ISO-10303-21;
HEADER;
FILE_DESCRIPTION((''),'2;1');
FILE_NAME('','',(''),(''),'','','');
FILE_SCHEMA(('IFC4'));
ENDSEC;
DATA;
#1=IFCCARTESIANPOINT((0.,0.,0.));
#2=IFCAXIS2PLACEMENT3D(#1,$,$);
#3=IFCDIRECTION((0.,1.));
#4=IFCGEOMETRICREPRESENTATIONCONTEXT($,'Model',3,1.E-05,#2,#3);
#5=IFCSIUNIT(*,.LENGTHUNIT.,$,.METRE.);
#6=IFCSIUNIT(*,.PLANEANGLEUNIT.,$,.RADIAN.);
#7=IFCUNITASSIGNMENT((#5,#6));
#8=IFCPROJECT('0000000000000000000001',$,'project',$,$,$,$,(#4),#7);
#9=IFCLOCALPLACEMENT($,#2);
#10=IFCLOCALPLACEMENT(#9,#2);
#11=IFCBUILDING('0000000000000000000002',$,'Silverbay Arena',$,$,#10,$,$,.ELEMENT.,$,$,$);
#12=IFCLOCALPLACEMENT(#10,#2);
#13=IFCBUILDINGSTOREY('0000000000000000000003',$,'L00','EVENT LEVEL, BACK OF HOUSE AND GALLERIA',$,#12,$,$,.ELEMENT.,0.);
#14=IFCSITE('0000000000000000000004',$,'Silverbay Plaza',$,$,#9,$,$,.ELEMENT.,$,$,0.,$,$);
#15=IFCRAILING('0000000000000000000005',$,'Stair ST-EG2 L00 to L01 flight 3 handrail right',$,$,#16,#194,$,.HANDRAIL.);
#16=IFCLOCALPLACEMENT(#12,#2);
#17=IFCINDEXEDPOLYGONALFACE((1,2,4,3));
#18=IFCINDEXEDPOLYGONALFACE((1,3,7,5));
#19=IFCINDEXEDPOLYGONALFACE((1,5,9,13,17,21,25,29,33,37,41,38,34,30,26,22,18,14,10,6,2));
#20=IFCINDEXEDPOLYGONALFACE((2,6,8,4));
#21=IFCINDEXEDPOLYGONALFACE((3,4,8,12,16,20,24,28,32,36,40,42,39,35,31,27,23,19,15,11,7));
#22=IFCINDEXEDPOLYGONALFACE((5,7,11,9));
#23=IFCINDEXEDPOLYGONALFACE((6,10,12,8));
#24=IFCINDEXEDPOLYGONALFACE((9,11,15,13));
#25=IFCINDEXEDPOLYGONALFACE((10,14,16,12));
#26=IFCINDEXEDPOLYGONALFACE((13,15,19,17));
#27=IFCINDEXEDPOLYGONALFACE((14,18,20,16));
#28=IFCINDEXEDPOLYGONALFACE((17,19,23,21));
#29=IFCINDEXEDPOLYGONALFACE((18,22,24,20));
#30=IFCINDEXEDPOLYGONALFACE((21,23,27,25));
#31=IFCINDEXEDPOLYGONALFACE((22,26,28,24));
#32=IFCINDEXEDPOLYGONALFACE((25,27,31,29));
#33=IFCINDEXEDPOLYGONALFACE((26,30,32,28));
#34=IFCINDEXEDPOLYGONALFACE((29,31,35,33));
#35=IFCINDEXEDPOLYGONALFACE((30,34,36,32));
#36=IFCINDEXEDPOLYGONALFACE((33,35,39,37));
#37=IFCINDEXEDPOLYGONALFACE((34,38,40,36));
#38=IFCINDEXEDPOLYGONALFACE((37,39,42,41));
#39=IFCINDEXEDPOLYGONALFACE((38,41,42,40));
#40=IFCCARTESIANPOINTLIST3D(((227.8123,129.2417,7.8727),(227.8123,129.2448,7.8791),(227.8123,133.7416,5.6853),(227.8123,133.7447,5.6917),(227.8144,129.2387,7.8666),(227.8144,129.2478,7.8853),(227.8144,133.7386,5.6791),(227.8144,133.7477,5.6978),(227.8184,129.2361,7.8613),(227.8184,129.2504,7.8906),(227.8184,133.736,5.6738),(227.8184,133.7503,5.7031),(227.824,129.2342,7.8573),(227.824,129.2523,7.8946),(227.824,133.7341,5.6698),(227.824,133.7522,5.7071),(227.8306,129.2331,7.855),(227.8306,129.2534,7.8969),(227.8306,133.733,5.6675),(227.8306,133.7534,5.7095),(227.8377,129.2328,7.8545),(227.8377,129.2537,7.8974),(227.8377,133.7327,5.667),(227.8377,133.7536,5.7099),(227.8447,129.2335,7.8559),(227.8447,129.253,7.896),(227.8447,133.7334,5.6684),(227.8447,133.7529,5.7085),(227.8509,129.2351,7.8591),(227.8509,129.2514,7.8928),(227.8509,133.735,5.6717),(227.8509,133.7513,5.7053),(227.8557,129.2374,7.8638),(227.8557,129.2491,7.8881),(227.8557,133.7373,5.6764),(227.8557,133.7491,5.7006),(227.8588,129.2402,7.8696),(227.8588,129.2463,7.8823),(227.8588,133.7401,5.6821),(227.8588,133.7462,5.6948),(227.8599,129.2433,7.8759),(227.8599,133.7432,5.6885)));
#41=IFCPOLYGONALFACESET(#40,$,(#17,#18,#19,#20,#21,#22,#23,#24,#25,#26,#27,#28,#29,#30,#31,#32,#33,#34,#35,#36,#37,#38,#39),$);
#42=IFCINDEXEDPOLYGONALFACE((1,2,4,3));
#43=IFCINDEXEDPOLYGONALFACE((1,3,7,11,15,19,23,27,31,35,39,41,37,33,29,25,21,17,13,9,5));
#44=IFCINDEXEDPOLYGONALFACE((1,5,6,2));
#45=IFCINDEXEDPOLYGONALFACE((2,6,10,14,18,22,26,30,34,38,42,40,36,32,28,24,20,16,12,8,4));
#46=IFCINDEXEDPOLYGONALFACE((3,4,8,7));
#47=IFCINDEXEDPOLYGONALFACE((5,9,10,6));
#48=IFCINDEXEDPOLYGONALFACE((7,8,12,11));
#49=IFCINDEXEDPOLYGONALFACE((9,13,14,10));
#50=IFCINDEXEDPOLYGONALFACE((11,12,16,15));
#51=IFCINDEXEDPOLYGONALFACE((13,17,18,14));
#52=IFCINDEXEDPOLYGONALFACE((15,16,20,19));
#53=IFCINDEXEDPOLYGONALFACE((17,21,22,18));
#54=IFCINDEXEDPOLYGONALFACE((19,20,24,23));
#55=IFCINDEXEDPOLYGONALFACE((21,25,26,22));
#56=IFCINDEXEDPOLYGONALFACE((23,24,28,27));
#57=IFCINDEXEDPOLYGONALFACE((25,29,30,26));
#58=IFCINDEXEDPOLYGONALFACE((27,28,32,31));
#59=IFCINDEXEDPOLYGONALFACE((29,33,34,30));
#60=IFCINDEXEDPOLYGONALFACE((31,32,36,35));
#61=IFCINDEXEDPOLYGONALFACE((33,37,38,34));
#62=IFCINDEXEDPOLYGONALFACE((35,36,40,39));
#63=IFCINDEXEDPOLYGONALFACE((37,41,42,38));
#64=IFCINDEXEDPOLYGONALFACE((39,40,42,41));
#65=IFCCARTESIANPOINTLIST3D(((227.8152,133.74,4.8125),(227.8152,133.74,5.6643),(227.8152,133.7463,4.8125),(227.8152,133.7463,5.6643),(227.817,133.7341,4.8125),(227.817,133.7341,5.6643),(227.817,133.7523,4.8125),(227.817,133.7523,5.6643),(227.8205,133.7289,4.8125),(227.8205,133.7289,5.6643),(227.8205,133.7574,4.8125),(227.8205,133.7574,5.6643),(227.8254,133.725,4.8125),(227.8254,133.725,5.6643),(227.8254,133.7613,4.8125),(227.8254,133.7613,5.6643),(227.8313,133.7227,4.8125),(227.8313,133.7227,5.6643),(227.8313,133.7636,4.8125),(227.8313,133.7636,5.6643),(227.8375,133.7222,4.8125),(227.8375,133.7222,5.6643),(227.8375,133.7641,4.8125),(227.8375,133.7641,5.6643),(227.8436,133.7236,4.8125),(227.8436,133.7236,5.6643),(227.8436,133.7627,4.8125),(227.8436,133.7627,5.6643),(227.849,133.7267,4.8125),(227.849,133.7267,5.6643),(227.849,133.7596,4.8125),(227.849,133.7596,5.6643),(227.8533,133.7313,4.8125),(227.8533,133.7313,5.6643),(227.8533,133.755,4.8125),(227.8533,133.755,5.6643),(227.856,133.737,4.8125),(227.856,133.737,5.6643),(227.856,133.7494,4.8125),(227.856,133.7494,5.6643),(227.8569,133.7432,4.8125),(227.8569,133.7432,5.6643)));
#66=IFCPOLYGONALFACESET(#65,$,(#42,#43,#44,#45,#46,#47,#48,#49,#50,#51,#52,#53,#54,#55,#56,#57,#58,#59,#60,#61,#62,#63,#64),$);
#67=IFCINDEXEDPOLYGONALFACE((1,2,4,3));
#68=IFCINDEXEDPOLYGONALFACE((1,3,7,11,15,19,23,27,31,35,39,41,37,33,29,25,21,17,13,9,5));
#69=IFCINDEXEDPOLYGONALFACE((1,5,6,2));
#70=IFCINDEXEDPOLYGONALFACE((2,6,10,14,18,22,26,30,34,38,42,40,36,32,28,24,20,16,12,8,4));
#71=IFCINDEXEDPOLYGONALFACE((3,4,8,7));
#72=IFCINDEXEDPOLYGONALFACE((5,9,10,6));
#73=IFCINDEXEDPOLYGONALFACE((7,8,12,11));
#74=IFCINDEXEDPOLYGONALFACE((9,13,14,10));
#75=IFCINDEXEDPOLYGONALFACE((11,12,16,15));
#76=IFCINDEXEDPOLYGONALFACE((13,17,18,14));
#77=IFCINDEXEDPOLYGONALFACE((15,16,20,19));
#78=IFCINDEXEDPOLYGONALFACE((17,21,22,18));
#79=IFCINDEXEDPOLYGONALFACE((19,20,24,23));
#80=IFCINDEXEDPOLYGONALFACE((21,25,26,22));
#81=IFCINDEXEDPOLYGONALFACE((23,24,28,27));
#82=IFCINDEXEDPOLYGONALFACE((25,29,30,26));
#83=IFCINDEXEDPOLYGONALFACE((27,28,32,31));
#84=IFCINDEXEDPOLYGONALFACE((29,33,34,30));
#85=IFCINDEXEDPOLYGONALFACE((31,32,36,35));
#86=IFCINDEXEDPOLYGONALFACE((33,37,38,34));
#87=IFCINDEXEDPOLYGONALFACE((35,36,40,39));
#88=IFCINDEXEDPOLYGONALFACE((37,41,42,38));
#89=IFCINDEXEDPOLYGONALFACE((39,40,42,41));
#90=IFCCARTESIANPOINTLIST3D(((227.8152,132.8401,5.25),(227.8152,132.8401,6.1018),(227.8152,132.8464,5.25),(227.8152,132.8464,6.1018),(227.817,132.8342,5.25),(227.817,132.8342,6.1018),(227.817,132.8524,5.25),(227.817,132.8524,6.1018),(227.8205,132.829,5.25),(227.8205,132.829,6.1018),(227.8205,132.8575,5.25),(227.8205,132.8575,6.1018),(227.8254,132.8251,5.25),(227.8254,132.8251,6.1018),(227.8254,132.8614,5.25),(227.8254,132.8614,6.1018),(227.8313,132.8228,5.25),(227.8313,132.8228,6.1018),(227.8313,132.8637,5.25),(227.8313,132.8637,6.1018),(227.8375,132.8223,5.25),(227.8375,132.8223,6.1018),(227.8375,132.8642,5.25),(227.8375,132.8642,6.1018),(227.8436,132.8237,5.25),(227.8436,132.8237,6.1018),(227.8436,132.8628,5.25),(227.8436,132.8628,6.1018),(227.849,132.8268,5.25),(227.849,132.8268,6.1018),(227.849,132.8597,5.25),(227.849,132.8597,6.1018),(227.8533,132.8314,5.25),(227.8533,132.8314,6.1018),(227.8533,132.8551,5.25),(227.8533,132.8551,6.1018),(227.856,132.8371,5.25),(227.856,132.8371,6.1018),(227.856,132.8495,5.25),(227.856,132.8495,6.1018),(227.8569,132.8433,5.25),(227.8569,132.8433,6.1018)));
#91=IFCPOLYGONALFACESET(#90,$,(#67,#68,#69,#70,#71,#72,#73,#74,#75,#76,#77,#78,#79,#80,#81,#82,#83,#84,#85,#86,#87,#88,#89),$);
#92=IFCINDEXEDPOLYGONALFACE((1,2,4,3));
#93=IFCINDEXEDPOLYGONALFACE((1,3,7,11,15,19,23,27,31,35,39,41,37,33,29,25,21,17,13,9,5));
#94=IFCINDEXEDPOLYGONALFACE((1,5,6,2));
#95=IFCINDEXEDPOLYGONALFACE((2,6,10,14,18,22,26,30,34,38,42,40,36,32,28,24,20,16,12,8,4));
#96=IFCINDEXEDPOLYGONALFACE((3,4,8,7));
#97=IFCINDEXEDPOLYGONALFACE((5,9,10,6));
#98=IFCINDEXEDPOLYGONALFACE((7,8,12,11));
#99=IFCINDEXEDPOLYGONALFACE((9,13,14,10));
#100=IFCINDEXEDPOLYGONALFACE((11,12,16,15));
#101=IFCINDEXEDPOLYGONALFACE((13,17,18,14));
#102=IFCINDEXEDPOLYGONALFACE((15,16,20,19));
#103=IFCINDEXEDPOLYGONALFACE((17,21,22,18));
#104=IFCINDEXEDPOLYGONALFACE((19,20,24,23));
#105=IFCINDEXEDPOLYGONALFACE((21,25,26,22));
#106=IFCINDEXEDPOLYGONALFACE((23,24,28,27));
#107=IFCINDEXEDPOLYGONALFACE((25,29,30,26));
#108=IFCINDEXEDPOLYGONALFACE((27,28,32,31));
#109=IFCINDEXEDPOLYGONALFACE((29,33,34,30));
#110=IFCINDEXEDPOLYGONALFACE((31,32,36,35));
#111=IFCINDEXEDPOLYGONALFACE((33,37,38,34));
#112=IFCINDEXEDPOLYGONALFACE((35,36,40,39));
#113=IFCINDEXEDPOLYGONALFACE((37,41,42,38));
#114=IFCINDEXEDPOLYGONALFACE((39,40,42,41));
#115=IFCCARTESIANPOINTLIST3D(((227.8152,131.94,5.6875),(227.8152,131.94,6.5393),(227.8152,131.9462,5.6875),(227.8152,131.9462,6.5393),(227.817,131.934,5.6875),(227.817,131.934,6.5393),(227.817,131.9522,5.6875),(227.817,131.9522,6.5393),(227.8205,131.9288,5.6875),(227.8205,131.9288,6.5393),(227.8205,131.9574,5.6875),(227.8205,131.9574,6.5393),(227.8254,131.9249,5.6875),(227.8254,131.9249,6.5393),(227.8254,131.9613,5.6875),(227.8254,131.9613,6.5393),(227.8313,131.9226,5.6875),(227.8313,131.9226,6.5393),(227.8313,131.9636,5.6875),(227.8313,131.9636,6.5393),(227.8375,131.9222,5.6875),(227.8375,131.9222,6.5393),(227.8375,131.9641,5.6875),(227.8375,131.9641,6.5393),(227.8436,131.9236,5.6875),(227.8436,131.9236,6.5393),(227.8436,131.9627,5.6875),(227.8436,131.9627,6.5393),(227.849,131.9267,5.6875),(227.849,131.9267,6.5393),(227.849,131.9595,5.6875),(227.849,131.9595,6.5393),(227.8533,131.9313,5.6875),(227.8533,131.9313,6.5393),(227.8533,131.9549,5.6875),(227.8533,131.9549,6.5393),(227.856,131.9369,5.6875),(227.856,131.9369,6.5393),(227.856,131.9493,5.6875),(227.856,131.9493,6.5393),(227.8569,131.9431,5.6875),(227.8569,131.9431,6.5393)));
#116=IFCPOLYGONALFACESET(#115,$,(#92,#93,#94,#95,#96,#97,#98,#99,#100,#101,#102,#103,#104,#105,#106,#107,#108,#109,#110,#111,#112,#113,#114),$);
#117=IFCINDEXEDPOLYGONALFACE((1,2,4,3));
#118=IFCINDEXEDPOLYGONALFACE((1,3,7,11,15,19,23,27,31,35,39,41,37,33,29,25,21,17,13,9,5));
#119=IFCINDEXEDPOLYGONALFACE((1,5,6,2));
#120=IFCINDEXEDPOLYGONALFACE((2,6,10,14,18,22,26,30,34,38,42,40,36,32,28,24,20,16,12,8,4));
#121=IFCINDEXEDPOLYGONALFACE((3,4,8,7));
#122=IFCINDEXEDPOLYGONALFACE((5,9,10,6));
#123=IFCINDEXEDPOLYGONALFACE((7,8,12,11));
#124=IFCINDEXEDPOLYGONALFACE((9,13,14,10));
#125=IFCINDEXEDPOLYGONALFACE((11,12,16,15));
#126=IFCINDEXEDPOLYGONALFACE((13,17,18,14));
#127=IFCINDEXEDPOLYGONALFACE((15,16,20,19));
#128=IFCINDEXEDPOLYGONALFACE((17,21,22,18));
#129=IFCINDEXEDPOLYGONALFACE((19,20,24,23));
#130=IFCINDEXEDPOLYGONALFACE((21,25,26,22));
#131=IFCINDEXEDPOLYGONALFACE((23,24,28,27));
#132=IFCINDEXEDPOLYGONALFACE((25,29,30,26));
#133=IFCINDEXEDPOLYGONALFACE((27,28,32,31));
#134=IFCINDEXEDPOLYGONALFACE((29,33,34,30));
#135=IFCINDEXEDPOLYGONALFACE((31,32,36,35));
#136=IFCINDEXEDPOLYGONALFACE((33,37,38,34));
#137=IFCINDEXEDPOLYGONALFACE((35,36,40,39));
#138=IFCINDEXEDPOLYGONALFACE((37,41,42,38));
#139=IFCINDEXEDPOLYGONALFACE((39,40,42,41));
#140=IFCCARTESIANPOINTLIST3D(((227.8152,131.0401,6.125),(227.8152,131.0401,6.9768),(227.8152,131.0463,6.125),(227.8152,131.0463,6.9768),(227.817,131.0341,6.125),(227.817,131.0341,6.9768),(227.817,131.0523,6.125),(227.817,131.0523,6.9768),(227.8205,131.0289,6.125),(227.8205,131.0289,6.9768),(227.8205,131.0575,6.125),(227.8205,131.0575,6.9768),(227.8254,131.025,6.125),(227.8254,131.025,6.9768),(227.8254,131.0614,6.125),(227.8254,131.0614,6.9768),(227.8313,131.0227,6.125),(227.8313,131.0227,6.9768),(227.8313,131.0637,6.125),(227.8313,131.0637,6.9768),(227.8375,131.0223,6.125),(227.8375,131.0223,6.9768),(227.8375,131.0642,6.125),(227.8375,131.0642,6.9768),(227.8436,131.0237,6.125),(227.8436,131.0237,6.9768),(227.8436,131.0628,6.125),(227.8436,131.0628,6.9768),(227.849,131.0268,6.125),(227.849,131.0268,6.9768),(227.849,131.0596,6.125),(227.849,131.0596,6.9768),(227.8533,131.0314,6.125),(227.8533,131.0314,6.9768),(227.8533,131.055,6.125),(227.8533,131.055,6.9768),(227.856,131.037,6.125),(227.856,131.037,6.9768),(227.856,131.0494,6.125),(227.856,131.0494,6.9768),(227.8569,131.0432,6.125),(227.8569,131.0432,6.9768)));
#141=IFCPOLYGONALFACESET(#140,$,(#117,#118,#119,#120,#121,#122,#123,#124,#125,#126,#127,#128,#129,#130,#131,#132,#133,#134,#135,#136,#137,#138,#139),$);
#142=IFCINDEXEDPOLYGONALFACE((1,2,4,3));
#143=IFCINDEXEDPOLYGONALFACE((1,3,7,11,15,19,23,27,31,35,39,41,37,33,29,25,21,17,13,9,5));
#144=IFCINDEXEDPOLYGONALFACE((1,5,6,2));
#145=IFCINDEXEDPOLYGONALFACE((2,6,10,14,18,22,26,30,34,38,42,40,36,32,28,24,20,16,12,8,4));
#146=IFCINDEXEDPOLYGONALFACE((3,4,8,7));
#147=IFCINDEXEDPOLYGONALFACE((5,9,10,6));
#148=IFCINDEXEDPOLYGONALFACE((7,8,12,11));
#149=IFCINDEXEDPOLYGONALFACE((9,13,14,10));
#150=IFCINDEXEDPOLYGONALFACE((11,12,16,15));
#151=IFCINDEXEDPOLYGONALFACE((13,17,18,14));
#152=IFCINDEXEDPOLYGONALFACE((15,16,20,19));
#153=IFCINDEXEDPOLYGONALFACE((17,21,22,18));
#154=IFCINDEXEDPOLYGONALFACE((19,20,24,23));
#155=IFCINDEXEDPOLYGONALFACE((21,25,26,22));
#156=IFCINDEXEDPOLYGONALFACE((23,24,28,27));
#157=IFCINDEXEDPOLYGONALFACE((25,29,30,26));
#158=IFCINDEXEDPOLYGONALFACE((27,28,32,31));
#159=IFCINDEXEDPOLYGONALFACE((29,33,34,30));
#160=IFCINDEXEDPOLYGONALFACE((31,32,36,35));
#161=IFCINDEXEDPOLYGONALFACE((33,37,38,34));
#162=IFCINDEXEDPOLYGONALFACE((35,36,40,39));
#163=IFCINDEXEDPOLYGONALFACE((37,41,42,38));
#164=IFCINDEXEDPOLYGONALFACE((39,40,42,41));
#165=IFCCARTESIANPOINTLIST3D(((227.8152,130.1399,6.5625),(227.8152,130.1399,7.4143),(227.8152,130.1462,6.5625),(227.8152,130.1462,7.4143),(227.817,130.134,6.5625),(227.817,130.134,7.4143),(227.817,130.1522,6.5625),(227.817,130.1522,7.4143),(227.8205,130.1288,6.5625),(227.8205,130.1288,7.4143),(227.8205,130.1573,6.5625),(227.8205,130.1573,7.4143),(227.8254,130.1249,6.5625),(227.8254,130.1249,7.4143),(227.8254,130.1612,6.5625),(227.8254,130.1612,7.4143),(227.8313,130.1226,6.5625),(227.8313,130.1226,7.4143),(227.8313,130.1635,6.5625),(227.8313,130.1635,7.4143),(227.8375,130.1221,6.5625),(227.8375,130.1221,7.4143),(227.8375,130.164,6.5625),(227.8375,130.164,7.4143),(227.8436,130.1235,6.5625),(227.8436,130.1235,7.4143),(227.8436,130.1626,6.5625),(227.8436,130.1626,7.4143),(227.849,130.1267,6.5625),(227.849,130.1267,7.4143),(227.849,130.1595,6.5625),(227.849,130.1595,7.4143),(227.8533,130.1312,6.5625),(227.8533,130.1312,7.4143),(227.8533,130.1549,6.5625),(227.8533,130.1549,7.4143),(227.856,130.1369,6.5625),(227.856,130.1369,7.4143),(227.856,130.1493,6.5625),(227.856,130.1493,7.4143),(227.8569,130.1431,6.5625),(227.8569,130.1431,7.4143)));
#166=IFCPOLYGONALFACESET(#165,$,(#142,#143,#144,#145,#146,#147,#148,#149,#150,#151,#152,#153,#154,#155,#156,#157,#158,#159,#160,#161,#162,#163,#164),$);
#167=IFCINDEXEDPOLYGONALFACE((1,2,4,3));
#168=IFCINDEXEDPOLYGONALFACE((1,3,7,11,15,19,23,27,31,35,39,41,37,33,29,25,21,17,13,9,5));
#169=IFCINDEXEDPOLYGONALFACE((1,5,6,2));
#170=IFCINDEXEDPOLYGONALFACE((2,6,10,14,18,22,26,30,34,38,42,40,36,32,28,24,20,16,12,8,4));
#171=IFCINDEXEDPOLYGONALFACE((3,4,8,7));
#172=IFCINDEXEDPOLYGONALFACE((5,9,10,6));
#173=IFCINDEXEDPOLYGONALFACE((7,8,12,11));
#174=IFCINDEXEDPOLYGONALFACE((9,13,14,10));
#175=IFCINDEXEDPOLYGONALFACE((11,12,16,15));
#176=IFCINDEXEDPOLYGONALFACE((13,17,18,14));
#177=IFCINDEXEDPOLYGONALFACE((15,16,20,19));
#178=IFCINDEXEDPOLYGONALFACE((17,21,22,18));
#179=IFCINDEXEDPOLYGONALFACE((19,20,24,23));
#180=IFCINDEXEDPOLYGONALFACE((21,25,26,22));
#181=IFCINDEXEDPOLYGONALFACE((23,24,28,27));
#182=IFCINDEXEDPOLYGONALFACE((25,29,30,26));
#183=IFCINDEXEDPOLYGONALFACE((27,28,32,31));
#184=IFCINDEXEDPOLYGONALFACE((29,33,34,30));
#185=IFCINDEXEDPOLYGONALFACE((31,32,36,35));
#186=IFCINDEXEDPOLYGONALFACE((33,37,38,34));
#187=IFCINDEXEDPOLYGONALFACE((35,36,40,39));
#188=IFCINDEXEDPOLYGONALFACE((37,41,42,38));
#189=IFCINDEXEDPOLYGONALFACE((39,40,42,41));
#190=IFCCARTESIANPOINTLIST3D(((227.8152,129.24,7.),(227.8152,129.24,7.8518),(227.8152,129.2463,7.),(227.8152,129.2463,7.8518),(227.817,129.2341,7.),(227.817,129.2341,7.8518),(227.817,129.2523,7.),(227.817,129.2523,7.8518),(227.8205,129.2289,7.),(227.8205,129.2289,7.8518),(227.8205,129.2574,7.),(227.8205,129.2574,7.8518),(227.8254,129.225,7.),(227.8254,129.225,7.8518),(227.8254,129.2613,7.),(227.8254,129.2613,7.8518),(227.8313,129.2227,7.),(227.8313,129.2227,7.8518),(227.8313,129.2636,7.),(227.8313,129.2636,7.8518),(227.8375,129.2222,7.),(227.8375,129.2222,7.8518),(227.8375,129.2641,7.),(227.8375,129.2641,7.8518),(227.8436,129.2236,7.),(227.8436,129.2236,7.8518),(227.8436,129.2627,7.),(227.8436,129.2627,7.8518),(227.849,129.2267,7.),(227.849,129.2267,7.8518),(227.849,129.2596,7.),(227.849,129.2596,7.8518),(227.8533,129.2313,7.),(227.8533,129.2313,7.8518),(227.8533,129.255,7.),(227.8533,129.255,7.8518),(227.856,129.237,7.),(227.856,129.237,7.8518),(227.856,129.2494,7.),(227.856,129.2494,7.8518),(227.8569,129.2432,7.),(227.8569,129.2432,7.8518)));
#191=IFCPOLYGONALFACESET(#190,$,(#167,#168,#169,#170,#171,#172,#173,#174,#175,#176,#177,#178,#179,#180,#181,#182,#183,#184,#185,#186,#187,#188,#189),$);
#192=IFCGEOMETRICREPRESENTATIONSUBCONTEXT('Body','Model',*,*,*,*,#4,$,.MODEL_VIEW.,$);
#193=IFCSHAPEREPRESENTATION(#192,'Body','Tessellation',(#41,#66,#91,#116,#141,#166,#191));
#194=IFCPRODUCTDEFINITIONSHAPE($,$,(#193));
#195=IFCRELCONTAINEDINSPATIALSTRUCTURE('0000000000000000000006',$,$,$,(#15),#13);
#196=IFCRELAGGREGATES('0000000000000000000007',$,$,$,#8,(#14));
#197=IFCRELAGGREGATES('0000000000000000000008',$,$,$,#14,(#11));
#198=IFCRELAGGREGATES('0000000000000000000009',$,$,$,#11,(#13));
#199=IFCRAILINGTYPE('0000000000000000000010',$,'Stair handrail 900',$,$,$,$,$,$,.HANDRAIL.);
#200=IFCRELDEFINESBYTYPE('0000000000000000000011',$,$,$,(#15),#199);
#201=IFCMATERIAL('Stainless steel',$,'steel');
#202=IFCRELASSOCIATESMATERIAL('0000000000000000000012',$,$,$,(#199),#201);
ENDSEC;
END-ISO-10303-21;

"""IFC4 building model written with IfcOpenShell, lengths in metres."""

from ifc_helpers import new_model, si_unit, direction, frame, origin, origin_2d, place, context, subcontext, project, spatial, circle, extrude, material, type_object, element, save


model = new_model("IFC4")

# Units and contexts
model_context = context("Model", 3, precision=1e-05, world=origin(), true_north=direction((0.0, 1.0)))
body_context = subcontext(model_context, "Body", "Model", "MODEL_VIEW")
ifc_project = project(units=[si_unit("LENGTHUNIT", "METRE"), si_unit("PLANEANGLEUNIT", "RADIAN")], contexts=[model_context])

# Site, building, storey
site_placement = place(None, origin())
site = spatial("IfcSite", under=ifc_project, at=site_placement, Name="Silverbay Plaza", CompositionType="ELEMENT", RefElevation=0.0)
building_placement = place(site_placement, origin())
building = spatial("IfcBuilding", under=site, at=building_placement, Name="Silverbay Arena", CompositionType="ELEMENT")
storey_placement = place(building_placement, origin())
storey = spatial("IfcBuildingStorey", under=building, at=storey_placement, Name="L00", Description="EVENT LEVEL, BACK OF HOUSE AND GALLERIA", CompositionType="ELEMENT", Elevation=0.0)

# Railing
ifc_material_1 = material(Name="Stainless steel", Category="steel")
railing_type_1 = type_object("IfcRailingType", Name="Stair handrail 900", PredefinedType="HANDRAIL", material=ifc_material_1)
for number, where, name in (
    (1, (227.8359, 133.7432, 4.8125), "Stair ST-EG2 L00 to L01 flight 3 handrail right"),
):
    element("IfcRailing", number, at=place(storey_placement, frame(where)), inside=storey, type_object=railing_type_1, Name=name, PredefinedType="HANDRAIL", context=body_context, shape_type="SweptSolid", body=[
        extrude(circle(Radius=0.0239, at=origin_2d()), frame((0.0, 0.0, 0.876), z_axis=(0.0, -0.899368, 0.437193), x_axis=(1.0, 0.0, 0.0)), (0.0, 0.0, 1.0), 5.0034),
        extrude(circle(Radius=0.021, at=origin_2d()), origin(), (0.0, 0.0, 1.0), 0.8518),
        extrude(circle(Radius=0.021, at=origin_2d()), frame((0.0, -0.8999, 0.4375)), (0.0, 0.0, 1.0), 0.8518),
        extrude(circle(Radius=0.021, at=origin_2d()), frame((0.0, -1.8, 0.875)), (0.0, 0.0, 1.0), 0.8518),
        extrude(circle(Radius=0.021, at=origin_2d()), frame((0.0, -2.7, 1.3125)), (0.0, 0.0, 1.0), 0.8518),
        extrude(circle(Radius=0.021, at=origin_2d()), frame((0.0, -3.6001, 1.75)), (0.0, 0.0, 1.0), 0.8518),
        extrude(circle(Radius=0.021, at=origin_2d()), frame((0.0, -4.5, 2.1875)), (0.0, 0.0, 1.0), 0.8518),
    ])

save(model, "model.ifc")
